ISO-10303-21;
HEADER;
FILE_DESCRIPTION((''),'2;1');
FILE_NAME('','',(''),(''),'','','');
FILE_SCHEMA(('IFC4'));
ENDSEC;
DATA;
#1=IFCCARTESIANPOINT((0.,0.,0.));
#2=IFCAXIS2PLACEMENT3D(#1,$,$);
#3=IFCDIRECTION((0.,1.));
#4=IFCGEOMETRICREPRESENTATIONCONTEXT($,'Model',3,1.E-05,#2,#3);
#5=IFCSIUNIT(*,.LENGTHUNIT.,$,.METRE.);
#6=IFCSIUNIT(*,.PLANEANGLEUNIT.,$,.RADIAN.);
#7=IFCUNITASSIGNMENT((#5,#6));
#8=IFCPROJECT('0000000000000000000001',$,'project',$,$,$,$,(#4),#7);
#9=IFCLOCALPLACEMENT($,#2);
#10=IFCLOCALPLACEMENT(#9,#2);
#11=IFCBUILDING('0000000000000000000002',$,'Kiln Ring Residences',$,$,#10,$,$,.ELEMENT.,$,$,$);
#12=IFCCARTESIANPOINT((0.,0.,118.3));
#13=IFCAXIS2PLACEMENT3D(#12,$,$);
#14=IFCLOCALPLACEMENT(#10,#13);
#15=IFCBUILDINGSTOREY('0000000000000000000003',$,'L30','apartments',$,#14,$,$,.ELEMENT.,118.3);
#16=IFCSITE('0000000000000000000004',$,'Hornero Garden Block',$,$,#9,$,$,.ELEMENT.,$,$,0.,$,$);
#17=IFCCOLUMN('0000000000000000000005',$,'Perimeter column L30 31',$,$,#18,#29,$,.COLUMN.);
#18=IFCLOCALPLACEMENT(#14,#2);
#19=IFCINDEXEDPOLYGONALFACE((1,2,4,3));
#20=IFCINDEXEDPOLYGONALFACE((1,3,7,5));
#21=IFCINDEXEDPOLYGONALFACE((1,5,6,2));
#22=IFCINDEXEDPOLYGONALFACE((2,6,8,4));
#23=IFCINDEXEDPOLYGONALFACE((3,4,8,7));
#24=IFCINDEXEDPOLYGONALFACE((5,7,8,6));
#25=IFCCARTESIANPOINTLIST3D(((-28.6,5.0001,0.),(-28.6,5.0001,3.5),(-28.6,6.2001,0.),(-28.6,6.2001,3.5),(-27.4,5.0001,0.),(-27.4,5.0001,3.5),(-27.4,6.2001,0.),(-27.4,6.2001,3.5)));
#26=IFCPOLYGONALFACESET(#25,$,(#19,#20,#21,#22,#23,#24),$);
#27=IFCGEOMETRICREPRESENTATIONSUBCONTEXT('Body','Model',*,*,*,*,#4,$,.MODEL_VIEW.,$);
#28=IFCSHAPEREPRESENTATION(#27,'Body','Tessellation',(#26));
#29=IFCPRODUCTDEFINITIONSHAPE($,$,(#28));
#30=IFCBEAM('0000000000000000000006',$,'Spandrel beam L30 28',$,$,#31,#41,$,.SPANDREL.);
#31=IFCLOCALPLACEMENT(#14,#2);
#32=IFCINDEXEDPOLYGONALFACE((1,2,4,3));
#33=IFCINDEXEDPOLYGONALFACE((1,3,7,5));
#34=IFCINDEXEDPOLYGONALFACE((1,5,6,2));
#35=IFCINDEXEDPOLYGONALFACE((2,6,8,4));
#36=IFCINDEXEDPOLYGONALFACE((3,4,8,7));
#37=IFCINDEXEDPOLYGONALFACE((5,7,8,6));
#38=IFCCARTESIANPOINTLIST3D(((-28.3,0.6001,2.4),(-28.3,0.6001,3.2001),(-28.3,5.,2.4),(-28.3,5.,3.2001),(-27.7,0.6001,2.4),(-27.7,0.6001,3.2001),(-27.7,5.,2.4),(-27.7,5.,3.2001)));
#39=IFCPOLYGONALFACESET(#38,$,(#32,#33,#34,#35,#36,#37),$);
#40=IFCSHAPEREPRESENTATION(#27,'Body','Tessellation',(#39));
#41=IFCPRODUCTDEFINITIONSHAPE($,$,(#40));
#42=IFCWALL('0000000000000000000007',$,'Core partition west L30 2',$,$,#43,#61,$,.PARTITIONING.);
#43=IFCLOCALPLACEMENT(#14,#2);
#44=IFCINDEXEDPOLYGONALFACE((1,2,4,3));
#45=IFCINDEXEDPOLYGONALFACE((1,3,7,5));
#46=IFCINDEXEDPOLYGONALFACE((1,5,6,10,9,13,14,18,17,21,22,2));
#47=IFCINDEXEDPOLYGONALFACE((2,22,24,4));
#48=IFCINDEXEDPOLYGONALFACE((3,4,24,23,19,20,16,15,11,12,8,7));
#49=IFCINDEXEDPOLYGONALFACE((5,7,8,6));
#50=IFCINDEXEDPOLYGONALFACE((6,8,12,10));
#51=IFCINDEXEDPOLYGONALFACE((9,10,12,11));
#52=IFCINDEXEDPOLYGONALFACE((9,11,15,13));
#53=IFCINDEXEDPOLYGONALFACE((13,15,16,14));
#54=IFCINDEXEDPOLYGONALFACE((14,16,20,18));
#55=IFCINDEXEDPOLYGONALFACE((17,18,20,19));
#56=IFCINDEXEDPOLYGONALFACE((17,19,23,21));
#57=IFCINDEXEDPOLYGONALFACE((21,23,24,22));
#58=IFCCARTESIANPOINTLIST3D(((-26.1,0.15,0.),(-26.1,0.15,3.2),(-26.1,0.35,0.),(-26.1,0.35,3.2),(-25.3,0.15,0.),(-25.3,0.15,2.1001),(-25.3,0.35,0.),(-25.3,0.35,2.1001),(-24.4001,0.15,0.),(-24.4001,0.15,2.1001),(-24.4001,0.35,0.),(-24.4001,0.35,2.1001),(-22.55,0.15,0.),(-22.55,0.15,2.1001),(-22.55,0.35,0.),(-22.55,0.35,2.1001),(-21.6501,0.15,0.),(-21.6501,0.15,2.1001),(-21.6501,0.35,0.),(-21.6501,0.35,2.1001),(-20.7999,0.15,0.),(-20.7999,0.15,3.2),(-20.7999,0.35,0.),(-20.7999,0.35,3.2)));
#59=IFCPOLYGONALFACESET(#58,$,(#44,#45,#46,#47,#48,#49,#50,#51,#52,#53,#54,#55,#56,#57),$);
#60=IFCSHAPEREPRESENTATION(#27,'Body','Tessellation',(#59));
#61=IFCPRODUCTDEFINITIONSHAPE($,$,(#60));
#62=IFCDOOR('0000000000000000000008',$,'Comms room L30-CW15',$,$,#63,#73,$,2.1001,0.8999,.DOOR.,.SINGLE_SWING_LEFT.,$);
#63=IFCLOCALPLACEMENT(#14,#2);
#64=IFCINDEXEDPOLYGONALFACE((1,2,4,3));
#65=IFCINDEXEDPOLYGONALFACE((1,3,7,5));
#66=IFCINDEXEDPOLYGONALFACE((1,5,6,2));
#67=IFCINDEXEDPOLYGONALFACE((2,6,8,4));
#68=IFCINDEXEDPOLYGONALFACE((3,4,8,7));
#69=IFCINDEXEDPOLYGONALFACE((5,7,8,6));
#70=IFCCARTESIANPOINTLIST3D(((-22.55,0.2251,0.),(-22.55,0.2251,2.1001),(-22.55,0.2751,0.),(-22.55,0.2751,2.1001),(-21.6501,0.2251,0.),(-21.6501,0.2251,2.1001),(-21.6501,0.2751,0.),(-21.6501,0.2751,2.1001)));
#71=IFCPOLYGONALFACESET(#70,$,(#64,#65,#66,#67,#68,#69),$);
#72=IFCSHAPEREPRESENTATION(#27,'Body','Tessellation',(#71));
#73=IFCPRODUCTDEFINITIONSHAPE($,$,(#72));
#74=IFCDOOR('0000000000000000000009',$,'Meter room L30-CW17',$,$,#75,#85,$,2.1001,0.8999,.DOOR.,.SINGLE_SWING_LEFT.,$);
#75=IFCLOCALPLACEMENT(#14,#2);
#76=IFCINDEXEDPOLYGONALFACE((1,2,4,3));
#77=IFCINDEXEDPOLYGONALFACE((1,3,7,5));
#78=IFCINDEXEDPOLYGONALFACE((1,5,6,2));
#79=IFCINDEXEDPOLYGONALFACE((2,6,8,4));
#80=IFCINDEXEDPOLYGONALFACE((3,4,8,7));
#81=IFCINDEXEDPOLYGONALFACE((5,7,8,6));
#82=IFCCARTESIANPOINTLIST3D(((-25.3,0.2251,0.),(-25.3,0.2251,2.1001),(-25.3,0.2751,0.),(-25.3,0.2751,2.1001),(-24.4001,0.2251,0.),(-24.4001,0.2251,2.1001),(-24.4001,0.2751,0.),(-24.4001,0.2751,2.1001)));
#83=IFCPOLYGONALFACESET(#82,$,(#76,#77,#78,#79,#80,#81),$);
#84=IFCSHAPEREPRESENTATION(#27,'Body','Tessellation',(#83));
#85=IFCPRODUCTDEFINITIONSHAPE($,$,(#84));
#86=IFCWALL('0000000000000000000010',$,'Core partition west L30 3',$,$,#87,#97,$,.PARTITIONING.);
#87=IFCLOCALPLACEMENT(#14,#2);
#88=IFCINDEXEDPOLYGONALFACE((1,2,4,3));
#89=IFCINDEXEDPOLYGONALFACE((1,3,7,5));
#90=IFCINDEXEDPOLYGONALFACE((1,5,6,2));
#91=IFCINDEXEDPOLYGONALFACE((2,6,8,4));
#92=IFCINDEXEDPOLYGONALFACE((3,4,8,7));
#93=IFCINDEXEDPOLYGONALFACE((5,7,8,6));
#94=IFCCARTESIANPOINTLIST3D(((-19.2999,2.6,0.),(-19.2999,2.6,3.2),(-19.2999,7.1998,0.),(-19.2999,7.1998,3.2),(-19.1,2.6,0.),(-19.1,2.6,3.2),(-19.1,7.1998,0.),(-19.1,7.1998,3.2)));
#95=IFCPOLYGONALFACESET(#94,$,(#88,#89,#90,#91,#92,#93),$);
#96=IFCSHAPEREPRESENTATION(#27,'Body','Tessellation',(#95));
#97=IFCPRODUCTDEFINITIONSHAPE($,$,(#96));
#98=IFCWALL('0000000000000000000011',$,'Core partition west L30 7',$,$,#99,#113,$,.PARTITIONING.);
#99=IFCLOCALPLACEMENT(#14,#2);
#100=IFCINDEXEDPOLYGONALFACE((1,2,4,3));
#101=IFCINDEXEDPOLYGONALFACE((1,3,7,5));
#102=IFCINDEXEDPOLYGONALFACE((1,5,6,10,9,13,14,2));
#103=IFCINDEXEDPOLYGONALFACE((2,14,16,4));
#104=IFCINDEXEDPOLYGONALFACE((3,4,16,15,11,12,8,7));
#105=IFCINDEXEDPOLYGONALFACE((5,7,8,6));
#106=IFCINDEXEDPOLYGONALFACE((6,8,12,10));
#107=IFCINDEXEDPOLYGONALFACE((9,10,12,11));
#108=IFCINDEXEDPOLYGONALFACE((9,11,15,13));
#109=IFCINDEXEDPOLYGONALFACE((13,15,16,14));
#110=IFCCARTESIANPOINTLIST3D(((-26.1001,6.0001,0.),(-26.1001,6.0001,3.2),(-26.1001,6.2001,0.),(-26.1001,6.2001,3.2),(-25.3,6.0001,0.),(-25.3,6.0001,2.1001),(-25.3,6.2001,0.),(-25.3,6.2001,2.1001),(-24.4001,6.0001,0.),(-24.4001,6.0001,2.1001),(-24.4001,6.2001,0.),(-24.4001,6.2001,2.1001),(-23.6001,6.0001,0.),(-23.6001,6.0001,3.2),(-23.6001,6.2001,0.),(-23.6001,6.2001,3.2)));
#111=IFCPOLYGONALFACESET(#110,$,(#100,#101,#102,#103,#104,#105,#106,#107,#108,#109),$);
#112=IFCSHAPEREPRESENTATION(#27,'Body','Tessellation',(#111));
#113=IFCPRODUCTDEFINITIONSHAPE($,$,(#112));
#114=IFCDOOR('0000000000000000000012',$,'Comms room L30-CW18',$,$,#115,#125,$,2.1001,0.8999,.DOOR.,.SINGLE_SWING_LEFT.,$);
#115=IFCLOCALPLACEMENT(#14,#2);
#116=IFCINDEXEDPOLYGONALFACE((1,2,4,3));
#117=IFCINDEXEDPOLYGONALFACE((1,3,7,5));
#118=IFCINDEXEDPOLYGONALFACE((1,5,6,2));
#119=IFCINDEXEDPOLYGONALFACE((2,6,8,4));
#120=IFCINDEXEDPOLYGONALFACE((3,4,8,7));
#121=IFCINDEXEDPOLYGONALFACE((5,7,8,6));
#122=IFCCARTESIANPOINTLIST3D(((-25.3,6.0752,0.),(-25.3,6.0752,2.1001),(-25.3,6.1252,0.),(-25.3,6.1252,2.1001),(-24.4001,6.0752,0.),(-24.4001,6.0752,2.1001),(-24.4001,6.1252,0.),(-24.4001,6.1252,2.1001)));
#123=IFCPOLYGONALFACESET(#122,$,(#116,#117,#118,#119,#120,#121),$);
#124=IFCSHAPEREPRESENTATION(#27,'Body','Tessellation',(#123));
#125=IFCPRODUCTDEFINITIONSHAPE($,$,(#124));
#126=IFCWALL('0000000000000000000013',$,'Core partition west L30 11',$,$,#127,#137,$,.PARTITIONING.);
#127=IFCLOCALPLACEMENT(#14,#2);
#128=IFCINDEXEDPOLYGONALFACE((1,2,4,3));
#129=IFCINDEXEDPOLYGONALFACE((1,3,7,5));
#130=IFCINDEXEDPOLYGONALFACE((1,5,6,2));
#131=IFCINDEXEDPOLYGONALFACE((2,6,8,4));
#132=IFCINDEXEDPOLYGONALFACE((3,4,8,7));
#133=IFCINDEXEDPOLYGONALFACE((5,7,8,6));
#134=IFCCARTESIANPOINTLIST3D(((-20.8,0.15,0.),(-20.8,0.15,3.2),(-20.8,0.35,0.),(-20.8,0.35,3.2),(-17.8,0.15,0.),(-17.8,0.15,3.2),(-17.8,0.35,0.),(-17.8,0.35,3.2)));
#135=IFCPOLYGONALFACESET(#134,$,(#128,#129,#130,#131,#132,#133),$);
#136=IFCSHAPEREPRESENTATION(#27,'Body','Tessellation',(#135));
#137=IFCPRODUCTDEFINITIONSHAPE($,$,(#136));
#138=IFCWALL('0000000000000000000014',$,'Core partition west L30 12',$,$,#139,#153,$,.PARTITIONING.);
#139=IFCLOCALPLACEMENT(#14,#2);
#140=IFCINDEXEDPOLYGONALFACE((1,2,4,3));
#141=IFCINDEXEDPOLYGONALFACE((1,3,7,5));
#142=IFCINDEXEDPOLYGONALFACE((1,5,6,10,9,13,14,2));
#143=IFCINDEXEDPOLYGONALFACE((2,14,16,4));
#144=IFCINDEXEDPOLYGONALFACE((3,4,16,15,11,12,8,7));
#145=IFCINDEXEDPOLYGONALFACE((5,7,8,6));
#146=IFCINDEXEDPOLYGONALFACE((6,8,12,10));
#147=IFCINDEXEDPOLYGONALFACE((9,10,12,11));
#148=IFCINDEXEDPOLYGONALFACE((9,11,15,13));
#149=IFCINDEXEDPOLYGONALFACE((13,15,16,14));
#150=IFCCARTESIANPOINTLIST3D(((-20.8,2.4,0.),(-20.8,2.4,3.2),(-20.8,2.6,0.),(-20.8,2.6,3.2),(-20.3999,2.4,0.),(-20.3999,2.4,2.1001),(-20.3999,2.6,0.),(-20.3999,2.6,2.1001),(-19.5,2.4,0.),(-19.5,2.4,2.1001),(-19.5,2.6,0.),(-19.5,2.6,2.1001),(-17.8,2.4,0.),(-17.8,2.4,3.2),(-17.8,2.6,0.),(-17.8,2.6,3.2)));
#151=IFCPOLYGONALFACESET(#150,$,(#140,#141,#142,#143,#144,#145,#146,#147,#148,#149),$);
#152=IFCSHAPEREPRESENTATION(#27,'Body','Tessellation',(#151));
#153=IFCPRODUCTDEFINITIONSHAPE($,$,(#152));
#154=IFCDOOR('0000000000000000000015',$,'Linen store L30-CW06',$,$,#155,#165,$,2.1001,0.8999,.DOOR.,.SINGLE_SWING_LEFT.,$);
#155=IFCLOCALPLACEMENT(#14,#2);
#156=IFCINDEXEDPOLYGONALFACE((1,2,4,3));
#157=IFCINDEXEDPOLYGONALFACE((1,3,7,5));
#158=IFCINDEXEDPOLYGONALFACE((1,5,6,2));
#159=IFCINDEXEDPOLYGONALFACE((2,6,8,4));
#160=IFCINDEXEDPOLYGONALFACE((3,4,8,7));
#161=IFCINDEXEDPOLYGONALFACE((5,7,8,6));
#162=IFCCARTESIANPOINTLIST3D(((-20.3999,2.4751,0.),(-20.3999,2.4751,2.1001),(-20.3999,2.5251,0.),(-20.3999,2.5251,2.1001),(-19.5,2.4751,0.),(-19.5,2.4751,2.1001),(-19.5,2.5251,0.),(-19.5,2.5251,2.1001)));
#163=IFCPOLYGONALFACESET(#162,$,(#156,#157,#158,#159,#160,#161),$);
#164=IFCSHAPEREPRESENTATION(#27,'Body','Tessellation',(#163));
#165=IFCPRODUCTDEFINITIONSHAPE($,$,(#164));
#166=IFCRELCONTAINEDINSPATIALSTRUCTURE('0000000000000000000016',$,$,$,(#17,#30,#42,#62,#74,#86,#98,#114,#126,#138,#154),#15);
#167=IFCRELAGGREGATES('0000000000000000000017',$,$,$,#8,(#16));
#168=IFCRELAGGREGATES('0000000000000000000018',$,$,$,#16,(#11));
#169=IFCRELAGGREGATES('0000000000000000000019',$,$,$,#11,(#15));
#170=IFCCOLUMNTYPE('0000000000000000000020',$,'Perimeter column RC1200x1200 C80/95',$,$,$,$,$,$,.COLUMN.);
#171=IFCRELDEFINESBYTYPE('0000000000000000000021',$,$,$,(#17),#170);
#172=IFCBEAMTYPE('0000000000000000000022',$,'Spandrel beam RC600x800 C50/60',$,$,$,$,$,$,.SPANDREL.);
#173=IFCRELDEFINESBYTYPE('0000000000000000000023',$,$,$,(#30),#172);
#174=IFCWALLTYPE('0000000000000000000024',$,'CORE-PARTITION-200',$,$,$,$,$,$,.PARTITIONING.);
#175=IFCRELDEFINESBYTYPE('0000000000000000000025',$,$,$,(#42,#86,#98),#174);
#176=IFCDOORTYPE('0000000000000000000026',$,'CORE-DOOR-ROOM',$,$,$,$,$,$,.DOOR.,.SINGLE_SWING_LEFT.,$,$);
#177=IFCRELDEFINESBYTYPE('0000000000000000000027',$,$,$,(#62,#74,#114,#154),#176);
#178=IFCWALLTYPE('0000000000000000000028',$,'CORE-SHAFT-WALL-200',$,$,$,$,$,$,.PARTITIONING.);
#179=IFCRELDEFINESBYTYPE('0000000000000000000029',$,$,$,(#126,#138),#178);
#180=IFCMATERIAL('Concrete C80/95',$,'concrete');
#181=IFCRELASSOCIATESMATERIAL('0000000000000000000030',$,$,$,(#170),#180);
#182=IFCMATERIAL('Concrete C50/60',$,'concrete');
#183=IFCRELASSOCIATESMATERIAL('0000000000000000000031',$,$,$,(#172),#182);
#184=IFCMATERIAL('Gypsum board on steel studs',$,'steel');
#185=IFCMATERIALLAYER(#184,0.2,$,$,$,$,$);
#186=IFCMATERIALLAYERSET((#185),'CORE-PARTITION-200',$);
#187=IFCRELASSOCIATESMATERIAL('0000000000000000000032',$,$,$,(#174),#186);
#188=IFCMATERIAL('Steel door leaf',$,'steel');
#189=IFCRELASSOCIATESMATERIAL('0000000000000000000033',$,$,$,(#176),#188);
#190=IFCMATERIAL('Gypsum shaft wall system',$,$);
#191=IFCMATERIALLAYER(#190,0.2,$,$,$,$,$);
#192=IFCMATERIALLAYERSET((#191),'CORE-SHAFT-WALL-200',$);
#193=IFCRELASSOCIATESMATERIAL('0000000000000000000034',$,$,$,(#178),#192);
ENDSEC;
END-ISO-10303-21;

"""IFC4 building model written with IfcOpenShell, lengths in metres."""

from ifc_helpers import new_model, si_unit, direction, frame, frame_2d, origin, origin_2d, place, context, subcontext, project, spatial, rectangle, extrude, material, layer, layer_set, material_profile, profile_set, type_object, element, fill, save


model = new_model("IFC4")

# Units and contexts
model_context = context("Model", 3, precision=1e-05, world=origin(), true_north=direction((0.0, 1.0)))
body_context = subcontext(model_context, "Body", "Model", "MODEL_VIEW")
ifc_project = project(units=[si_unit("LENGTHUNIT", "METRE"), si_unit("PLANEANGLEUNIT", "RADIAN")], contexts=[model_context])

# Site, building, storey
site_placement = place(None, origin())
site = spatial("IfcSite", under=ifc_project, at=site_placement, Name="Hornero Garden Block", CompositionType="ELEMENT", RefElevation=0.0)
building_placement = place(site_placement, origin())
building = spatial("IfcBuilding", under=site, at=building_placement, Name="Kiln Ring Residences", CompositionType="ELEMENT")
storey_placement = place(building_placement, frame((0.0, 0.0, 118.3)))
storey = spatial("IfcBuildingStorey", under=building, at=storey_placement, Name="L30", Description="apartments", CompositionType="ELEMENT", Elevation=118.3)

# Column
ifc_material_1 = material(Name="Concrete C80/95", Category="concrete")
ifc_material_profile_1 = material_profile(ifc_material_1, rectangle(XDim=1.2, YDim=1.2, at=origin_2d()), Name="RC1200x1200")
ifc_profile_set_1 = profile_set([ifc_material_profile_1], Name="Concrete C80/95")
column_type = type_object("IfcColumnType", Name="Perimeter column RC1200x1200 C80/95", PredefinedType="COLUMN", material=ifc_profile_set_1)
column_placement = place(storey_placement, frame((-28.0, 5.6001, 0.0), z_axis=(0.0, 0.0, 1.0), x_axis=(1.0, 0.0, 0.0)))
element("IfcColumn", 1, at=column_placement, inside=storey, type_object=column_type, Name="Perimeter column L30 31", PredefinedType="COLUMN", context=body_context, shape_type="SweptSolid", body=[
    extrude(rectangle(XDim=1.2, YDim=1.2, at=origin_2d()), origin(), (0.0, 0.0, 1.0), 3.5),
])

# Beam
ifc_material_2 = material(Name="Concrete C50/60", Category="concrete")
ifc_material_profile_2 = material_profile(ifc_material_2, rectangle(XDim=0.6001, YDim=0.8, at=origin_2d()), Name="RC600x800")
ifc_profile_set_2 = profile_set([ifc_material_profile_2], Name="Concrete C50/60")
beam_type = type_object("IfcBeamType", Name="Spandrel beam RC600x800 C50/60", PredefinedType="SPANDREL", material=ifc_profile_set_2)
beam_placement = place(storey_placement, frame((-28.0, 5.0, 2.8), z_axis=(0.0, -1.0, 0.0), x_axis=(1.0, 0.0, 0.0)))
element("IfcBeam", 2, at=beam_placement, inside=storey, type_object=beam_type, Name="Spandrel beam L30 28", PredefinedType="SPANDREL", context=body_context, shape_type="SweptSolid", body=[
    extrude(rectangle(XDim=0.6001, YDim=0.8, at=origin_2d()), origin(), (0.0, 0.0, 1.0), 4.3999),
])

# Wall, openings, doors
ifc_material_3 = material(Name="Gypsum board on steel studs", Category="steel")
ifc_layer_1 = layer(ifc_material_3, 0.2)
ifc_layer_set_1 = layer_set([ifc_layer_1], Name="CORE-PARTITION-200")
wall_type_1 = type_object("IfcWallType", Name="CORE-PARTITION-200", PredefinedType="PARTITIONING", material=ifc_layer_set_1)
wall_1_placement = place(storey_placement, frame((-20.8, 0.25, 0.0), z_axis=(0.0, 0.0, 1.0), x_axis=(-1.0, 0.0, 0.0)))
wall_1 = element("IfcWall", 3, at=wall_1_placement, inside=storey, type_object=wall_type_1, Name="Core partition west L30 2", PredefinedType="PARTITIONING", context=body_context, shape_type="SweptSolid", body=[
    extrude(rectangle(XDim=5.3, YDim=0.2, at=frame_2d((2.6499, 0.0))), origin(), (0.0, 0.0, 1.0), 3.2),
])
opening_1_placement = place(wall_1_placement, frame((0.8501, 0.0, 0.0)))
opening_1 = element("IfcOpeningElement", 4, at=opening_1_placement, cuts=wall_1, PredefinedType="OPENING", context=body_context, shape_type="SweptSolid", body=[
    extrude(rectangle(XDim=0.8999, YDim=2.1001, at=frame_2d((0.45, 1.05))), frame((0.0, 0.1099, 0.0), z_axis=(0.0, -1.0, 0.0), x_axis=(1.0, 0.0, 0.0)), (0.0, 0.0, 1.0), 0.22),
])
opening_2_placement = place(wall_1_placement, frame((3.6001, 0.0, 0.0)))
opening_2 = element("IfcOpeningElement", 5, at=opening_2_placement, cuts=wall_1, PredefinedType="OPENING", context=body_context, shape_type="SweptSolid", body=[
    extrude(rectangle(XDim=0.8999, YDim=2.1001, at=frame_2d((0.45, 1.05))), frame((0.0, 0.1099, 0.0), z_axis=(0.0, -1.0, 0.0), x_axis=(1.0, 0.0, 0.0)), (0.0, 0.0, 1.0), 0.22),
])
ifc_material_4 = material(Name="Steel door leaf", Category="steel")
door_type_1 = type_object("IfcDoorType", Name="CORE-DOOR-ROOM", OperationType="SINGLE_SWING_LEFT", PredefinedType="DOOR", material=ifc_material_4)
door_1_placement = place(opening_1_placement, origin())
door_1 = element("IfcDoor", 6, at=door_1_placement, inside=storey, type_object=door_type_1, Name="Comms room L30-CW15", OperationType="SINGLE_SWING_LEFT", OverallHeight=2.1001, OverallWidth=0.8999, PredefinedType="DOOR", context=body_context, shape_type="SweptSolid", body=[
    extrude(rectangle(XDim=0.8999, YDim=2.1001, at=frame_2d((0.45, 1.05))), frame((0.0, 0.0249, 0.0), z_axis=(0.0, -1.0, 0.0), x_axis=(1.0, 0.0, 0.0)), (0.0, 0.0, 1.0), 0.05),
])
fill(opening_1, door_1)
door_2_placement = place(opening_2_placement, origin())
door_2 = element("IfcDoor", 7, at=door_2_placement, inside=storey, type_object=door_type_1, Name="Meter room L30-CW17", OperationType="SINGLE_SWING_LEFT", OverallHeight=2.1001, OverallWidth=0.8999, PredefinedType="DOOR", context=body_context, shape_type="SweptSolid", body=[
    extrude(rectangle(XDim=0.8999, YDim=2.1001, at=frame_2d((0.45, 1.05))), frame((0.0, 0.0249, 0.0), z_axis=(0.0, -1.0, 0.0), x_axis=(1.0, 0.0, 0.0)), (0.0, 0.0, 1.0), 0.05),
])
fill(opening_2, door_2)

# Wall
wall_2_placement = place(storey_placement, frame((-19.2, 2.6001, 0.0), z_axis=(0.0, 0.0, 1.0), x_axis=(0.0, 1.0, 0.0)))
element("IfcWall", 8, at=wall_2_placement, inside=storey, type_object=wall_type_1, Name="Core partition west L30 3", PredefinedType="PARTITIONING", context=body_context, shape_type="SweptSolid", body=[
    extrude(rectangle(XDim=4.5999, YDim=0.2, at=frame_2d((2.2998, 0.0))), origin(), (0.0, 0.0, 1.0), 3.2),
])

# Wall, opening, door
wall_3_placement = place(storey_placement, frame((-23.6001, 6.1001, 0.0), z_axis=(0.0, 0.0, 1.0), x_axis=(-1.0, 0.0, 0.0)))
wall_3 = element("IfcWall", 9, at=wall_3_placement, inside=storey, type_object=wall_type_1, Name="Core partition west L30 7", PredefinedType="PARTITIONING", context=body_context, shape_type="SweptSolid", body=[
    extrude(rectangle(XDim=2.5, YDim=0.2, at=frame_2d((1.25, 0.0))), origin(), (0.0, 0.0, 1.0), 3.2),
])
opening_3_placement = place(wall_3_placement, frame((0.8, 0.0, 0.0)))
opening_3 = element("IfcOpeningElement", 10, at=opening_3_placement, cuts=wall_3, PredefinedType="OPENING", context=body_context, shape_type="SweptSolid", body=[
    extrude(rectangle(XDim=0.8999, YDim=2.1001, at=frame_2d((0.45, 1.05))), frame((0.0, 0.1099, 0.0), z_axis=(0.0, -1.0, 0.0), x_axis=(1.0, 0.0, 0.0)), (0.0, 0.0, 1.0), 0.22),
])
door_3_placement = place(opening_3_placement, origin())
door_3 = element("IfcDoor", 11, at=door_3_placement, inside=storey, type_object=door_type_1, Name="Comms room L30-CW18", OperationType="SINGLE_SWING_LEFT", OverallHeight=2.1001, OverallWidth=0.8999, PredefinedType="DOOR", context=body_context, shape_type="SweptSolid", body=[
    extrude(rectangle(XDim=0.8999, YDim=2.1001, at=frame_2d((0.45, 1.05))), frame((0.0, 0.0249, 0.0), z_axis=(0.0, -1.0, 0.0), x_axis=(1.0, 0.0, 0.0)), (0.0, 0.0, 1.0), 0.05),
])
fill(opening_3, door_3)

# Wall
ifc_material_5 = material(Name="Gypsum shaft wall system")
ifc_layer_2 = layer(ifc_material_5, 0.2)
ifc_layer_set_2 = layer_set([ifc_layer_2], Name="CORE-SHAFT-WALL-200")
wall_type_2 = type_object("IfcWallType", Name="CORE-SHAFT-WALL-200", PredefinedType="PARTITIONING", material=ifc_layer_set_2)
wall_4_placement = place(storey_placement, frame((-17.8, 0.25, 0.0), z_axis=(0.0, 0.0, 1.0), x_axis=(-1.0, 0.0, 0.0)))
element("IfcWall", 12, at=wall_4_placement, inside=storey, type_object=wall_type_2, Name="Core partition west L30 11", PredefinedType="PARTITIONING", context=body_context, shape_type="SweptSolid", body=[
    extrude(rectangle(XDim=3.0, YDim=0.2, at=frame_2d((1.5, 0.0))), origin(), (0.0, 0.0, 1.0), 3.2),
])

# Wall, opening, door
wall_5_placement = place(storey_placement, frame((-17.8, 2.5, 0.0), z_axis=(0.0, 0.0, 1.0), x_axis=(-1.0, 0.0, 0.0)))
wall_5 = element("IfcWall", 13, at=wall_5_placement, inside=storey, type_object=wall_type_2, Name="Core partition west L30 12", PredefinedType="PARTITIONING", context=body_context, shape_type="SweptSolid", body=[
    extrude(rectangle(XDim=3.0, YDim=0.2, at=frame_2d((1.5, 0.0))), origin(), (0.0, 0.0, 1.0), 3.2),
])
opening_4_placement = place(wall_5_placement, frame((1.7, 0.0, 0.0)))
opening_4 = element("IfcOpeningElement", 14, at=opening_4_placement, cuts=wall_5, PredefinedType="OPENING", context=body_context, shape_type="SweptSolid", body=[
    extrude(rectangle(XDim=0.8999, YDim=2.1001, at=frame_2d((0.45, 1.05))), frame((0.0, 0.1099, 0.0), z_axis=(0.0, -1.0, 0.0), x_axis=(1.0, 0.0, 0.0)), (0.0, 0.0, 1.0), 0.22),
])
door_4_placement = place(opening_4_placement, origin())
door_4 = element("IfcDoor", 15, at=door_4_placement, inside=storey, type_object=door_type_1, Name="Linen store L30-CW06", OperationType="SINGLE_SWING_LEFT", OverallHeight=2.1001, OverallWidth=0.8999, PredefinedType="DOOR", context=body_context, shape_type="SweptSolid", body=[
    extrude(rectangle(XDim=0.8999, YDim=2.1001, at=frame_2d((0.45, 1.05))), frame((0.0, 0.0249, 0.0), z_axis=(0.0, -1.0, 0.0), x_axis=(1.0, 0.0, 0.0)), (0.0, 0.0, 1.0), 0.05),
])
fill(opening_4, door_4)

save(model, "model.ifc")
